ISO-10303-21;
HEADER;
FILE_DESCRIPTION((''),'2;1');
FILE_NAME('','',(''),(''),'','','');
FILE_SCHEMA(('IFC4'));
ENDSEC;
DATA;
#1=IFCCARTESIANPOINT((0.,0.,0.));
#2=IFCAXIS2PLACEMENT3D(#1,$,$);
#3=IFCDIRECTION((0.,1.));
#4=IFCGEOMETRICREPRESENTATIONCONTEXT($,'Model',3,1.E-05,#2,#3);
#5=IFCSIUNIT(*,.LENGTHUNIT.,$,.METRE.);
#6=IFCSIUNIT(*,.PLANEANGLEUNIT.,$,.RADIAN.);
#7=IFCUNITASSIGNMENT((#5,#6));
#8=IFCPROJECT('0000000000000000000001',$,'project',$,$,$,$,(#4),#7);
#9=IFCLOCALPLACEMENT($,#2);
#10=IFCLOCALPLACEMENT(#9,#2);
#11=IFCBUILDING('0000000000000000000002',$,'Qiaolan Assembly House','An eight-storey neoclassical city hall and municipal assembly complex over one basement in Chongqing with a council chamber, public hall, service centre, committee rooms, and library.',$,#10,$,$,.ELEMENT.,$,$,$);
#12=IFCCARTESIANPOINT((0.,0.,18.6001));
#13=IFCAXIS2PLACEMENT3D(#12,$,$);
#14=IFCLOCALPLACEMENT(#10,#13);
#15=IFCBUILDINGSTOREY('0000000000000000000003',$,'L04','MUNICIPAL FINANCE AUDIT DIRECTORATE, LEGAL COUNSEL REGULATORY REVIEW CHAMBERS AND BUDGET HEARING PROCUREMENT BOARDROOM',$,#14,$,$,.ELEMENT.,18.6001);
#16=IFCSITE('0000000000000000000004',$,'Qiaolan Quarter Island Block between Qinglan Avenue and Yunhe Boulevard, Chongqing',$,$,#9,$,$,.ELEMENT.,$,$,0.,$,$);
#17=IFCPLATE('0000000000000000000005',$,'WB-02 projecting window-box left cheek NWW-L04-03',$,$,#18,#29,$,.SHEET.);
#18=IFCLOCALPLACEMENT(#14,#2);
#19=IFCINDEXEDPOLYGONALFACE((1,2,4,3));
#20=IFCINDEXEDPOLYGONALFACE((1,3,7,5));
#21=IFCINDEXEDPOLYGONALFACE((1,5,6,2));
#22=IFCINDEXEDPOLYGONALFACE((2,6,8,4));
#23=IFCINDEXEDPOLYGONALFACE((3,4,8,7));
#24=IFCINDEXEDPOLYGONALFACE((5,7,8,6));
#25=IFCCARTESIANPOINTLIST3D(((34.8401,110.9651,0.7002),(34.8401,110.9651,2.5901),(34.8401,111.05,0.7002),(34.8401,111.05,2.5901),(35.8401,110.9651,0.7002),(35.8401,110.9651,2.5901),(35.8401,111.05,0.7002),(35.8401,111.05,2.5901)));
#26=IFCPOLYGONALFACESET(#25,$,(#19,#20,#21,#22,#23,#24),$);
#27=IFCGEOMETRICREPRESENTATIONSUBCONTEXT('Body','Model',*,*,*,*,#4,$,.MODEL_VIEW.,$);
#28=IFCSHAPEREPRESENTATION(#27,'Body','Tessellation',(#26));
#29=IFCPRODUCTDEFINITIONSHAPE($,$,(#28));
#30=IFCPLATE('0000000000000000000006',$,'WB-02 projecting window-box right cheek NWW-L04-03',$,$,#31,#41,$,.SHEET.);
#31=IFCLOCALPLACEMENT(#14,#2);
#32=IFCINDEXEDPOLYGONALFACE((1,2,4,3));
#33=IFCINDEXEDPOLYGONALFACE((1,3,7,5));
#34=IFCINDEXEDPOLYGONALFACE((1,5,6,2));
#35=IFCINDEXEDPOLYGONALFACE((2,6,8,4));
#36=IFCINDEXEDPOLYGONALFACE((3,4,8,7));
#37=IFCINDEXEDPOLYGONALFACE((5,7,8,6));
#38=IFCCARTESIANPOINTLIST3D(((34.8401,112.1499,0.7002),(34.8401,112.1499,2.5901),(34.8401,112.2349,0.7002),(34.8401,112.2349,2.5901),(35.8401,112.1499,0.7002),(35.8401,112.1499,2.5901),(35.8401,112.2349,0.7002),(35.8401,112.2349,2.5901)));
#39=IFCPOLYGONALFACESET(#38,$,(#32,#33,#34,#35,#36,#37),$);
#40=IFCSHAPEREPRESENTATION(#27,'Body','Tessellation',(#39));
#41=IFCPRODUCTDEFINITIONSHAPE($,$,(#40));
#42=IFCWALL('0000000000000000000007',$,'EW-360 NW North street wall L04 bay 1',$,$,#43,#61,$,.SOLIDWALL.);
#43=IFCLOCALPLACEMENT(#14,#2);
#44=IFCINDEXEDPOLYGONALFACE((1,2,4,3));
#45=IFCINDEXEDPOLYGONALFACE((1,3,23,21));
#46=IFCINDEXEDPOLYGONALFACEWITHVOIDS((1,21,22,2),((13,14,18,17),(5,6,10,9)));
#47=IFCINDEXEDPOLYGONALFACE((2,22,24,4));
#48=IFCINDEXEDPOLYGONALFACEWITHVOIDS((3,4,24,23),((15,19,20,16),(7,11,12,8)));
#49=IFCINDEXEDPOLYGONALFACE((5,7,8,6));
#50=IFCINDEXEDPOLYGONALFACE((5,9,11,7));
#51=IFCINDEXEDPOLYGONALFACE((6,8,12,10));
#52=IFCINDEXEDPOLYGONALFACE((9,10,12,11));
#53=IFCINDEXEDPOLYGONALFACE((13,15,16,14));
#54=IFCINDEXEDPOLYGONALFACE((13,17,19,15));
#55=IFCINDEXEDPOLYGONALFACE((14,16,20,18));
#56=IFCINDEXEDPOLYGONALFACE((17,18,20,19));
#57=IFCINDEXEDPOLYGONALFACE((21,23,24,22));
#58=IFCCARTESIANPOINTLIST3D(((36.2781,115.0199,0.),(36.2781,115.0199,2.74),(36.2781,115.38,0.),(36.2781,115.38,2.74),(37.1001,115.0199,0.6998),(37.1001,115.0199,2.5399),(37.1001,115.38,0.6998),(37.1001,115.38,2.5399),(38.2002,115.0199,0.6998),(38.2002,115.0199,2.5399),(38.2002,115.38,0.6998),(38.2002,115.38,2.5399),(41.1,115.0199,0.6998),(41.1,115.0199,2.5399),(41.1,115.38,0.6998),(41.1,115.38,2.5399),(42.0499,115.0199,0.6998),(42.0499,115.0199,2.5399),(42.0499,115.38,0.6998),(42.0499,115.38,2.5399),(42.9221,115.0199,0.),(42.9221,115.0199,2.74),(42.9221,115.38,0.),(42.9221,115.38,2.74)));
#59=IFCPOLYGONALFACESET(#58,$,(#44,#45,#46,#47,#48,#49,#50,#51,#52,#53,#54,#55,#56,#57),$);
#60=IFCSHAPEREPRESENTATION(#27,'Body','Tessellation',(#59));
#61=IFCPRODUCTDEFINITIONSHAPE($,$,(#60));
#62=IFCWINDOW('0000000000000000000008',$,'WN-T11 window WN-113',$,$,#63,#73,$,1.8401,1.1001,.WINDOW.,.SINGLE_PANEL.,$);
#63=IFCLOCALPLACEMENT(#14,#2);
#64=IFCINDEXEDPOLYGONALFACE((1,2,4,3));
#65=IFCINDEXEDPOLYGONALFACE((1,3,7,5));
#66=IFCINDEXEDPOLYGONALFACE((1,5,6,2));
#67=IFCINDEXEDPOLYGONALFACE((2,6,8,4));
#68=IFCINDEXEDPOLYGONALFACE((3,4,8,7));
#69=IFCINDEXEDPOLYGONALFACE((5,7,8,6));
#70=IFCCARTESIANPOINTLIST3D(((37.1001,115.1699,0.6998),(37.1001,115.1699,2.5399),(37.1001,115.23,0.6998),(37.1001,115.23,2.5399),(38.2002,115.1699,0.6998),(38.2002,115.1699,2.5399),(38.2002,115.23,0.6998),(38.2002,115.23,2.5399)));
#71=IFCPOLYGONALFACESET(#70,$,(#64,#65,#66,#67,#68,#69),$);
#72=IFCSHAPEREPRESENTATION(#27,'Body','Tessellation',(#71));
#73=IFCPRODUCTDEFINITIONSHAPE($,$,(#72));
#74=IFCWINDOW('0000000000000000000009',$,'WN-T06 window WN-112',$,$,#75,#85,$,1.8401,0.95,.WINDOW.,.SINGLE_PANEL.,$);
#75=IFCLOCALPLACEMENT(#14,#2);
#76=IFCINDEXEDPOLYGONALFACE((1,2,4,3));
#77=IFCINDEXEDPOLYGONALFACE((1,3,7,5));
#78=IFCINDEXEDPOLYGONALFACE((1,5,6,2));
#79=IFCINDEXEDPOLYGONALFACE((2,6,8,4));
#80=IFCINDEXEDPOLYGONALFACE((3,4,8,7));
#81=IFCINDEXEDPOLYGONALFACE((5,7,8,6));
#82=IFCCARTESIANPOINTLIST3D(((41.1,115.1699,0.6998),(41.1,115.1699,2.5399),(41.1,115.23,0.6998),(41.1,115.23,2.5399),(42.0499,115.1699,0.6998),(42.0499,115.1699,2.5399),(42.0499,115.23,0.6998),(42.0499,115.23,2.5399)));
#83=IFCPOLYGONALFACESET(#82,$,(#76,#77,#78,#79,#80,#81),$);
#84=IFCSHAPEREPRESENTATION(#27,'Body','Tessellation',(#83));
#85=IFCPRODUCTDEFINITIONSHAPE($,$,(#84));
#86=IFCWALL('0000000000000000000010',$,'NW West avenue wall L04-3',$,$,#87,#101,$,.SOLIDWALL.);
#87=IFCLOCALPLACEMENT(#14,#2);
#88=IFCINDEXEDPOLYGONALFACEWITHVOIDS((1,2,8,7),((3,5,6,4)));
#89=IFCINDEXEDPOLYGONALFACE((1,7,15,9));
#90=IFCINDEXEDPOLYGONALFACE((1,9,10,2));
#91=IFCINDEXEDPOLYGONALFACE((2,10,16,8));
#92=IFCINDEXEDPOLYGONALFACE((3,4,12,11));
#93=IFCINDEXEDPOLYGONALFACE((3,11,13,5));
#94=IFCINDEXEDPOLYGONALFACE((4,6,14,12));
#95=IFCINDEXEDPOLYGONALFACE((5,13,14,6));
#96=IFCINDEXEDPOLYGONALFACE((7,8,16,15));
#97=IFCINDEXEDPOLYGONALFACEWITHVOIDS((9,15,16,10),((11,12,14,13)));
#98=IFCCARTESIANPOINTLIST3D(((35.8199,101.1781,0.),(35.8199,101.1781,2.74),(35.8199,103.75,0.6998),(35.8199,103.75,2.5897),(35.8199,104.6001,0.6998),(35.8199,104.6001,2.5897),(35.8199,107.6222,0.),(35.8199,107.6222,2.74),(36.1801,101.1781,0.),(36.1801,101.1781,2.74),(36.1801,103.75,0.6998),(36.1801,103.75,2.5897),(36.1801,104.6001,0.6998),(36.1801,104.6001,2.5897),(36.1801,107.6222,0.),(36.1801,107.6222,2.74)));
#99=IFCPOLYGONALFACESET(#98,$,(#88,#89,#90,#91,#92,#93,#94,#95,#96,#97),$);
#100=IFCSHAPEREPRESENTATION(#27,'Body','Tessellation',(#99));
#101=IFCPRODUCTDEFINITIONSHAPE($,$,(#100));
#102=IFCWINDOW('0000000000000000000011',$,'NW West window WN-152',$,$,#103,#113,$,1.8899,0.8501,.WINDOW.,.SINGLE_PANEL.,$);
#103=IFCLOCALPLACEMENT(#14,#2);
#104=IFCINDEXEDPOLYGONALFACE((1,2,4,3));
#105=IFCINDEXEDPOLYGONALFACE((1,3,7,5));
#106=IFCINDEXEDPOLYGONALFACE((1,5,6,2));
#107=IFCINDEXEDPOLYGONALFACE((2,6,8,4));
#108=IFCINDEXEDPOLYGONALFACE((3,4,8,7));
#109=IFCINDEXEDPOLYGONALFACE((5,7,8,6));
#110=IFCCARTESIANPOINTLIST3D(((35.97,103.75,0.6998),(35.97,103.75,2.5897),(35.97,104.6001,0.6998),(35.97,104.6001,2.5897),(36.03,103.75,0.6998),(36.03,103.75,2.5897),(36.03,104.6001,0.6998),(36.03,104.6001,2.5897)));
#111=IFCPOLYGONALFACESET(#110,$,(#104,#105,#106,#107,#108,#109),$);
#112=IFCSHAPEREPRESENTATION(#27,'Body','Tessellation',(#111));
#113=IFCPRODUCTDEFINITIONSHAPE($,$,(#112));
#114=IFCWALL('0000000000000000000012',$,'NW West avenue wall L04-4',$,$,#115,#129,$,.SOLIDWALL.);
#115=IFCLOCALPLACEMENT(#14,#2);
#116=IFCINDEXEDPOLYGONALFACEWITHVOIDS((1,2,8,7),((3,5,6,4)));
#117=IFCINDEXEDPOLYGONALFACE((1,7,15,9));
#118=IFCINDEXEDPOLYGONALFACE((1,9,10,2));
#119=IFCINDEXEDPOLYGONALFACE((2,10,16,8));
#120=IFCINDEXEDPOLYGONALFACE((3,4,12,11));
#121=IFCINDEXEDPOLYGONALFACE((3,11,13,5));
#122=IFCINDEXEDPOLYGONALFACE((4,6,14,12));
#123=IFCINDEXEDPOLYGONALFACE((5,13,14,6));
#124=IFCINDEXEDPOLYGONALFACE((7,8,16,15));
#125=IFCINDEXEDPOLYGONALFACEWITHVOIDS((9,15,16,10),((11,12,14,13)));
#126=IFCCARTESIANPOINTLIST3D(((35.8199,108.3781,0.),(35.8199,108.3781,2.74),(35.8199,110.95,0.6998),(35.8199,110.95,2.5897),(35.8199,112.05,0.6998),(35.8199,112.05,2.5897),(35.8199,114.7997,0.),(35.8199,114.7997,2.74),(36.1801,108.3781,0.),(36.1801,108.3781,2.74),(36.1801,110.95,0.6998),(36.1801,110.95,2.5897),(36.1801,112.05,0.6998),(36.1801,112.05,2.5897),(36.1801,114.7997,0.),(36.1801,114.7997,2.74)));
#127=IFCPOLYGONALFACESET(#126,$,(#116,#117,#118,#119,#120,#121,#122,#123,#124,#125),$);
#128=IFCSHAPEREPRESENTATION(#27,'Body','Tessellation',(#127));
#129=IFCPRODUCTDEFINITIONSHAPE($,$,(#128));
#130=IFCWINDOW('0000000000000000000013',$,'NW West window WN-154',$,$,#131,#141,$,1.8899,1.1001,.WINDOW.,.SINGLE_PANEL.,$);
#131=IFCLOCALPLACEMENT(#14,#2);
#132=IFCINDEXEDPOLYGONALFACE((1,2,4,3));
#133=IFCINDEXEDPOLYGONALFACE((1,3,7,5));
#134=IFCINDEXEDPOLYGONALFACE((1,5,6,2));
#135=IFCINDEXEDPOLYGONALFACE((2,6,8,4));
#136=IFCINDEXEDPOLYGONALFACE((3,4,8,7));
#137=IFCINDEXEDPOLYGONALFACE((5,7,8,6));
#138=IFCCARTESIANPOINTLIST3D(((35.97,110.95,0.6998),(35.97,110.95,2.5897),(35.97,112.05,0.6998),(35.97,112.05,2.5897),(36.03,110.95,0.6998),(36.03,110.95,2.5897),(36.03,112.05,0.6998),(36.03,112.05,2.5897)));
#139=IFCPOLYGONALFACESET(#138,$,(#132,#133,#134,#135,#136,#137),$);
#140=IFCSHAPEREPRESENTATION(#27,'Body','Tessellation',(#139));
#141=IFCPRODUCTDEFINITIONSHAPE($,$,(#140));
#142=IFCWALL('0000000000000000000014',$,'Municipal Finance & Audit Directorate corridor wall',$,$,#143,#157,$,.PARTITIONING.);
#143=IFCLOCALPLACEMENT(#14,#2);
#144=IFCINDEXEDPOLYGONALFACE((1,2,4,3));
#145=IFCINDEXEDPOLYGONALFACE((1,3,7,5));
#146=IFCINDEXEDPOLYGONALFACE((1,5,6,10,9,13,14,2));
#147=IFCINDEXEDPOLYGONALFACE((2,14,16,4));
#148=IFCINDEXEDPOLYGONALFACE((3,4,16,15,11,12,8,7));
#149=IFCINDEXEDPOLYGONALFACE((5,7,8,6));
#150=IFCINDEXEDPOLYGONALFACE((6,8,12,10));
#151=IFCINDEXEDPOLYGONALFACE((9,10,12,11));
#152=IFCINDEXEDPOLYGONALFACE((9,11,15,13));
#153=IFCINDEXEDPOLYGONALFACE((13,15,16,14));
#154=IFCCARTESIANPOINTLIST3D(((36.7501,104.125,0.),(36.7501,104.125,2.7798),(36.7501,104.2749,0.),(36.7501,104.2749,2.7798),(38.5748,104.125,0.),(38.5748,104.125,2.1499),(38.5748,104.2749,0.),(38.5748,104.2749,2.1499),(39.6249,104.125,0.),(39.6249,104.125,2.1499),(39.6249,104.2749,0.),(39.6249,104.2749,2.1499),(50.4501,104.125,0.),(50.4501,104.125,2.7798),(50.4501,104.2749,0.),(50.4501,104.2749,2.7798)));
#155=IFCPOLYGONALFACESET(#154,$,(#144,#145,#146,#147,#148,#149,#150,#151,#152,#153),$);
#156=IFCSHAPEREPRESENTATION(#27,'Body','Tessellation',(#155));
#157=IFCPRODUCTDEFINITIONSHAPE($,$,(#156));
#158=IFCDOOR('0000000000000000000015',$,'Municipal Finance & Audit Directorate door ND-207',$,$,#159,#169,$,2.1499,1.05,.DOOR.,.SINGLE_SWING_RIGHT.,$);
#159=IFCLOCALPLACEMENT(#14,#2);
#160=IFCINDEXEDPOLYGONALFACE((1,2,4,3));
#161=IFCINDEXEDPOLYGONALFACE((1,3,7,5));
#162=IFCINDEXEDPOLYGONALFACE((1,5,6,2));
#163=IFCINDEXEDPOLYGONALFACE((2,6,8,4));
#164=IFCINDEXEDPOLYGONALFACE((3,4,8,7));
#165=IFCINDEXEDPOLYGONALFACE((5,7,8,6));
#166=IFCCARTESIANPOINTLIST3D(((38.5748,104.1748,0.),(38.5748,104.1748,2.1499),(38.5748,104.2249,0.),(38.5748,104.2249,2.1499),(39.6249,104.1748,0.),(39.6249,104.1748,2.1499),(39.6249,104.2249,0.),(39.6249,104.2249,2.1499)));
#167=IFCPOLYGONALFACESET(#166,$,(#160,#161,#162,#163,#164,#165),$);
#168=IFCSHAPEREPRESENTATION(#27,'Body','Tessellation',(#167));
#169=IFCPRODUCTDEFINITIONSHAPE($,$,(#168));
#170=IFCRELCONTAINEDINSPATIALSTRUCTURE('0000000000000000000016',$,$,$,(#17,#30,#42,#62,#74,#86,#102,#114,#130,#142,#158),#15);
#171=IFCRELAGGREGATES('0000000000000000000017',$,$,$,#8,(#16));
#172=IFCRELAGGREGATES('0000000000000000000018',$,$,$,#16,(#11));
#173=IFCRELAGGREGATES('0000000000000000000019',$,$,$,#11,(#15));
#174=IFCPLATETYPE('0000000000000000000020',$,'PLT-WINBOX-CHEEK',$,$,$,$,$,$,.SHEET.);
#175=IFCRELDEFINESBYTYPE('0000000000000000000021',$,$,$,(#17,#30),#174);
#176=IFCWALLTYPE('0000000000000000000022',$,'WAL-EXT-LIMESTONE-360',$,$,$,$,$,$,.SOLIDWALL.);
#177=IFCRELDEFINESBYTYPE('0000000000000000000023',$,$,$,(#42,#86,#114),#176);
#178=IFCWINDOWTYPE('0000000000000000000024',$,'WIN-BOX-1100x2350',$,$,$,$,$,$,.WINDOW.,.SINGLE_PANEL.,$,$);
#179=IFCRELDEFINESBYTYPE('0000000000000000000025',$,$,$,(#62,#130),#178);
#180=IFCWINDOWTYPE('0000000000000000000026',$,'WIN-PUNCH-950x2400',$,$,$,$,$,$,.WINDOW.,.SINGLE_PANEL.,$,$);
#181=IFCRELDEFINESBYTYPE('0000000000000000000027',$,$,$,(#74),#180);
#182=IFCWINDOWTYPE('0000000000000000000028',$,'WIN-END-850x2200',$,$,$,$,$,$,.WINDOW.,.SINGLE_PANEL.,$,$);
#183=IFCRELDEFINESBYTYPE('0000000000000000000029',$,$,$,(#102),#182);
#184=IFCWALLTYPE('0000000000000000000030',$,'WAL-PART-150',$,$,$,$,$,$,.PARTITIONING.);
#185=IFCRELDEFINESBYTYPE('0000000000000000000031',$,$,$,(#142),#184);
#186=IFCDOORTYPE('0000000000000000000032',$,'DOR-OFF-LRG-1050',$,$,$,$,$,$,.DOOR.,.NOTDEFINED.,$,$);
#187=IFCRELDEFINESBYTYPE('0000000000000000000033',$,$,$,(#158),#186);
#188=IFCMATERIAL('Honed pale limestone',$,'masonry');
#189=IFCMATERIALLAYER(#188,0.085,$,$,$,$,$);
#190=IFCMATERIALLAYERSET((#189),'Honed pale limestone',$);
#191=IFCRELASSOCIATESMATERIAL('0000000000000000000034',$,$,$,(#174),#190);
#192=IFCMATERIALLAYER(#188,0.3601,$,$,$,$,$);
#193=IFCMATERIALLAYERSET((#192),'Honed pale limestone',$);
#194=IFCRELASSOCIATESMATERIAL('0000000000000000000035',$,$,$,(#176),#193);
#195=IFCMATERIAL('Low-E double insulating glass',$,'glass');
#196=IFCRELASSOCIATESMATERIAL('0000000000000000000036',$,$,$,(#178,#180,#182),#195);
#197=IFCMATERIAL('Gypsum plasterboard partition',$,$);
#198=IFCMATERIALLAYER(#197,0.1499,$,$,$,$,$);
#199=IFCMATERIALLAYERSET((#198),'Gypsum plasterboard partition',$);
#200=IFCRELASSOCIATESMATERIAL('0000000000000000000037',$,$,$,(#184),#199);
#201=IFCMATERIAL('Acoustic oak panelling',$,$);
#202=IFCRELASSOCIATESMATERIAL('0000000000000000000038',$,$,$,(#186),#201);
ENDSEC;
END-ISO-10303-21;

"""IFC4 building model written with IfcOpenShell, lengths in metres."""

from ifc_helpers import new_model, si_unit, direction, frame, frame_2d, origin, origin_2d, place, context, subcontext, project, spatial, rectangle, extrude, material, layer, layer_set, type_object, element, fill, save


model = new_model("IFC4")

# Units and contexts
model_context = context("Model", 3, precision=1e-05, world=origin(), true_north=direction((0.0, 1.0)))
body_context = subcontext(model_context, "Body", "Model", "MODEL_VIEW")
ifc_project = project(units=[si_unit("LENGTHUNIT", "METRE"), si_unit("PLANEANGLEUNIT", "RADIAN")], contexts=[model_context])

# Site, building, storey
site_placement = place(None, origin())
site = spatial("IfcSite", under=ifc_project, at=site_placement, Name="Qiaolan Quarter Island Block between Qinglan Avenue and Yunhe Boulevard, Chongqing", CompositionType="ELEMENT", RefElevation=0.0)
building_placement = place(site_placement, origin())
building = spatial("IfcBuilding", under=site, at=building_placement, Name="Qiaolan Assembly House", Description="An eight-storey neoclassical city hall and municipal assembly complex over one basement in Chongqing with a council chamber, public hall, service centre, committee rooms, and library.", CompositionType="ELEMENT")
storey_placement = place(building_placement, frame((0.0, 0.0, 18.6001)))
storey = spatial("IfcBuildingStorey", under=building, at=storey_placement, Name="L04", Description="MUNICIPAL FINANCE AUDIT DIRECTORATE, LEGAL COUNSEL REGULATORY REVIEW CHAMBERS AND BUDGET HEARING PROCUREMENT BOARDROOM", CompositionType="ELEMENT", Elevation=18.6001)

# Plates
ifc_material_1 = material(Name="Honed pale limestone", Category="masonry")
ifc_layer_1 = layer(ifc_material_1, 0.085)
ifc_layer_set_1 = layer_set([ifc_layer_1], Name="Honed pale limestone")
plate_type = type_object("IfcPlateType", Name="PLT-WINBOX-CHEEK", PredefinedType="SHEET", material=ifc_layer_set_1)
for number, where, z_axis, x_axis, name in (
    (1, (35.3401, 111.0076, 0.7002), (0.0, 0.0, 1.0), (1.0, 0.0, 0.0), "WB-02 projecting window-box left cheek NWW-L04-03"),
    (2, (35.3401, 112.1924, 0.7002), (0.0, 0.0, 1.0), (1.0, 0.0, 0.0), "WB-02 projecting window-box right cheek NWW-L04-03"),
):
    element("IfcPlate", number, at=place(storey_placement, frame(where, z_axis=z_axis, x_axis=x_axis)), inside=storey, type_object=plate_type, Name=name, PredefinedType="SHEET", context=body_context, shape_type="SweptSolid", body=[
        extrude(rectangle(XDim=1.0, YDim=0.085, at=origin_2d()), origin(), (0.0, 0.0, 1.0), 1.8899),
    ])

# Wall, openings, windows
ifc_layer_2 = layer(ifc_material_1, 0.3601)
ifc_layer_set_2 = layer_set([ifc_layer_2], Name="Honed pale limestone")
wall_type_1 = type_object("IfcWallType", Name="WAL-EXT-LIMESTONE-360", PredefinedType="SOLIDWALL", material=ifc_layer_set_2)
wall_1_placement = place(storey_placement, frame((42.9221, 115.2, 0.0), z_axis=(0.0, 0.0, 1.0), x_axis=(-1.0, 0.0, 0.0)))
wall_1 = element("IfcWall", 3, at=wall_1_placement, inside=storey, type_object=wall_type_1, Name="EW-360 NW North street wall L04 bay 1", PredefinedType="SOLIDWALL", context=body_context, shape_type="SweptSolid", body=[
    extrude(rectangle(XDim=6.644, YDim=0.3601, at=frame_2d((3.322, 0.0))), origin(), (0.0, 0.0, 1.0), 2.74),
])
opening_1_placement = place(wall_1_placement, frame((0.8721, 0.0, 0.7)))
opening_1 = element("IfcOpeningElement", 4, at=opening_1_placement, cuts=wall_1, PredefinedType="OPENING", context=body_context, shape_type="SweptSolid", body=[
    extrude(rectangle(XDim=0.95, YDim=1.8401, at=frame_2d((0.4751, 0.9199))), frame((0.0, 0.1899, 0.0), z_axis=(0.0, -1.0, 0.0), x_axis=(1.0, 0.0, 0.0)), (0.0, 0.0, 1.0), 0.3801),
])
opening_2_placement = place(wall_1_placement, frame((4.7219, 0.0, 0.7)))
opening_2 = element("IfcOpeningElement", 5, at=opening_2_placement, cuts=wall_1, PredefinedType="OPENING", context=body_context, shape_type="SweptSolid", body=[
    extrude(rectangle(XDim=1.1001, YDim=1.8401, at=frame_2d((0.55, 0.9199))), frame((0.0, 0.1899, 0.0), z_axis=(0.0, -1.0, 0.0), x_axis=(1.0, 0.0, 0.0)), (0.0, 0.0, 1.0), 0.3801),
])
ifc_material_2 = material(Name="Low-E double insulating glass", Category="glass")
window_type_1 = type_object("IfcWindowType", Name="WIN-BOX-1100x2350", PartitioningType="SINGLE_PANEL", PredefinedType="WINDOW", material=ifc_material_2)
window_1_placement = place(opening_2_placement, origin())
window_1 = element("IfcWindow", 6, at=window_1_placement, inside=storey, type_object=window_type_1, Name="WN-T11 window WN-113", OverallHeight=1.8401, OverallWidth=1.1001, PartitioningType="SINGLE_PANEL", PredefinedType="WINDOW", context=body_context, shape_type="SweptSolid", body=[
    extrude(rectangle(XDim=1.1001, YDim=1.8401, at=frame_2d((0.55, 0.9199))), frame((0.0, 0.03, 0.0), z_axis=(0.0, -1.0, 0.0), x_axis=(1.0, 0.0, 0.0)), (0.0, 0.0, 1.0), 0.0601),
])
fill(opening_2, window_1)
window_type_2 = type_object("IfcWindowType", Name="WIN-PUNCH-950x2400", PartitioningType="SINGLE_PANEL", PredefinedType="WINDOW", material=ifc_material_2)
window_2_placement = place(opening_1_placement, origin())
window_2 = element("IfcWindow", 7, at=window_2_placement, inside=storey, type_object=window_type_2, Name="WN-T06 window WN-112", OverallHeight=1.8401, OverallWidth=0.95, PartitioningType="SINGLE_PANEL", PredefinedType="WINDOW", context=body_context, shape_type="SweptSolid", body=[
    extrude(rectangle(XDim=0.95, YDim=1.8401, at=frame_2d((0.4751, 0.9199))), frame((0.0, 0.03, 0.0), z_axis=(0.0, -1.0, 0.0), x_axis=(1.0, 0.0, 0.0)), (0.0, 0.0, 1.0), 0.0601),
])
fill(opening_1, window_2)

# Walls, openings, windows
wall_2_placement = place(storey_placement, frame((36.0, 101.178, 0.0), z_axis=(0.0, 0.0, 1.0), x_axis=(0.0, 1.0, 0.0)))
wall_2 = element("IfcWall", 8, at=wall_2_placement, inside=storey, type_object=wall_type_1, Name="NW West avenue wall L04-3", PredefinedType="SOLIDWALL", context=body_context, shape_type="SweptSolid", body=[
    extrude(rectangle(XDim=6.4441, YDim=0.3601, at=frame_2d((3.2222, 0.0))), origin(), (0.0, 0.0, 1.0), 2.74),
])
opening_3_placement = place(wall_2_placement, frame((2.572, 0.0, 0.7)))
opening_3 = element("IfcOpeningElement", 9, at=opening_3_placement, cuts=wall_2, PredefinedType="OPENING", context=body_context, shape_type="SweptSolid", body=[
    extrude(rectangle(XDim=0.8501, YDim=1.8899, at=frame_2d((0.425, 0.9448))), frame((0.0, 0.1899, 0.0), z_axis=(0.0, -1.0, 0.0), x_axis=(1.0, 0.0, 0.0)), (0.0, 0.0, 1.0), 0.3801),
])
window_type_3 = type_object("IfcWindowType", Name="WIN-END-850x2200", PartitioningType="SINGLE_PANEL", PredefinedType="WINDOW", material=ifc_material_2)
window_3_placement = place(opening_3_placement, origin())
window_3 = element("IfcWindow", 10, at=window_3_placement, inside=storey, type_object=window_type_3, Name="NW West window WN-152", OverallHeight=1.8899, OverallWidth=0.8501, PartitioningType="SINGLE_PANEL", PredefinedType="WINDOW", context=body_context, shape_type="SweptSolid", body=[
    extrude(rectangle(XDim=0.8501, YDim=1.8899, at=frame_2d((0.425, 0.9448))), frame((0.0, 0.03, 0.0), z_axis=(0.0, -1.0, 0.0), x_axis=(1.0, 0.0, 0.0)), (0.0, 0.0, 1.0), 0.0601),
])
fill(opening_3, window_3)
wall_3_placement = place(storey_placement, frame((36.0, 108.3779, 0.0), z_axis=(0.0, 0.0, 1.0), x_axis=(0.0, 1.0, 0.0)))
wall_3 = element("IfcWall", 11, at=wall_3_placement, inside=storey, type_object=wall_type_1, Name="NW West avenue wall L04-4", PredefinedType="SOLIDWALL", context=body_context, shape_type="SweptSolid", body=[
    extrude(rectangle(XDim=6.4216, YDim=0.3601, at=frame_2d((3.2109, 0.0))), origin(), (0.0, 0.0, 1.0), 2.74),
])
opening_4_placement = place(wall_3_placement, frame((2.572, 0.0, 0.7)))
opening_4 = element("IfcOpeningElement", 12, at=opening_4_placement, cuts=wall_3, PredefinedType="OPENING", context=body_context, shape_type="SweptSolid", body=[
    extrude(rectangle(XDim=1.1001, YDim=1.8899, at=frame_2d((0.55, 0.9448))), frame((0.0, 0.1899, 0.0), z_axis=(0.0, -1.0, 0.0), x_axis=(1.0, 0.0, 0.0)), (0.0, 0.0, 1.0), 0.3801),
])
window_4_placement = place(opening_4_placement, origin())
window_4 = element("IfcWindow", 13, at=window_4_placement, inside=storey, type_object=window_type_1, Name="NW West window WN-154", OverallHeight=1.8899, OverallWidth=1.1001, PartitioningType="SINGLE_PANEL", PredefinedType="WINDOW", context=body_context, shape_type="SweptSolid", body=[
    extrude(rectangle(XDim=1.1001, YDim=1.8899, at=frame_2d((0.55, 0.9448))), frame((0.0, 0.03, 0.0), z_axis=(0.0, -1.0, 0.0), x_axis=(1.0, 0.0, 0.0)), (0.0, 0.0, 1.0), 0.0601),
])
fill(opening_4, window_4)

# Wall, opening, door
ifc_material_3 = material(Name="Gypsum plasterboard partition")
ifc_layer_3 = layer(ifc_material_3, 0.1499)
ifc_layer_set_3 = layer_set([ifc_layer_3], Name="Gypsum plasterboard partition")
wall_type_2 = type_object("IfcWallType", Name="WAL-PART-150", PredefinedType="PARTITIONING", material=ifc_layer_set_3)
wall_4_placement = place(storey_placement, frame((36.75, 104.2, 0.0), z_axis=(0.0, 0.0, 1.0), x_axis=(1.0, 0.0, 0.0)))
wall_4 = element("IfcWall", 14, at=wall_4_placement, inside=storey, type_object=wall_type_2, Name="Municipal Finance & Audit Directorate corridor wall", PredefinedType="PARTITIONING", context=body_context, shape_type="SweptSolid", body=[
    extrude(rectangle(XDim=13.7, YDim=0.1499, at=frame_2d((6.8501, 0.0))), origin(), (0.0, 0.0, 1.0), 2.7798),
])
opening_5_placement = place(wall_4_placement, frame((1.825, 0.0, 0.0)))
opening_5 = element("IfcOpeningElement", 15, at=opening_5_placement, cuts=wall_4, PredefinedType="OPENING", context=body_context, shape_type="SweptSolid", body=[
    extrude(rectangle(XDim=1.05, YDim=2.1499, at=frame_2d((0.5249, 1.075))), frame((0.0, 0.085, 0.0), z_axis=(0.0, -1.0, 0.0), x_axis=(1.0, 0.0, 0.0)), (0.0, 0.0, 1.0), 0.1699),
])
ifc_material_4 = material(Name="Acoustic oak panelling")
door_type = type_object("IfcDoorType", Name="DOR-OFF-LRG-1050", OperationType="NOTDEFINED", PredefinedType="DOOR", material=ifc_material_4)
door_placement = place(opening_5_placement, origin())
door = element("IfcDoor", 16, at=door_placement, inside=storey, type_object=door_type, Name="Municipal Finance & Audit Directorate door ND-207", OperationType="SINGLE_SWING_RIGHT", OverallHeight=2.1499, OverallWidth=1.05, PredefinedType="DOOR", context=body_context, shape_type="SweptSolid", body=[
    extrude(rectangle(XDim=1.05, YDim=2.1499, at=frame_2d((0.5249, 1.075))), frame((0.0, 0.0249, 0.0), z_axis=(0.0, -1.0, 0.0), x_axis=(1.0, 0.0, 0.0)), (0.0, 0.0, 1.0), 0.05),
])
fill(opening_5, door)

save(model, "model.ifc")
